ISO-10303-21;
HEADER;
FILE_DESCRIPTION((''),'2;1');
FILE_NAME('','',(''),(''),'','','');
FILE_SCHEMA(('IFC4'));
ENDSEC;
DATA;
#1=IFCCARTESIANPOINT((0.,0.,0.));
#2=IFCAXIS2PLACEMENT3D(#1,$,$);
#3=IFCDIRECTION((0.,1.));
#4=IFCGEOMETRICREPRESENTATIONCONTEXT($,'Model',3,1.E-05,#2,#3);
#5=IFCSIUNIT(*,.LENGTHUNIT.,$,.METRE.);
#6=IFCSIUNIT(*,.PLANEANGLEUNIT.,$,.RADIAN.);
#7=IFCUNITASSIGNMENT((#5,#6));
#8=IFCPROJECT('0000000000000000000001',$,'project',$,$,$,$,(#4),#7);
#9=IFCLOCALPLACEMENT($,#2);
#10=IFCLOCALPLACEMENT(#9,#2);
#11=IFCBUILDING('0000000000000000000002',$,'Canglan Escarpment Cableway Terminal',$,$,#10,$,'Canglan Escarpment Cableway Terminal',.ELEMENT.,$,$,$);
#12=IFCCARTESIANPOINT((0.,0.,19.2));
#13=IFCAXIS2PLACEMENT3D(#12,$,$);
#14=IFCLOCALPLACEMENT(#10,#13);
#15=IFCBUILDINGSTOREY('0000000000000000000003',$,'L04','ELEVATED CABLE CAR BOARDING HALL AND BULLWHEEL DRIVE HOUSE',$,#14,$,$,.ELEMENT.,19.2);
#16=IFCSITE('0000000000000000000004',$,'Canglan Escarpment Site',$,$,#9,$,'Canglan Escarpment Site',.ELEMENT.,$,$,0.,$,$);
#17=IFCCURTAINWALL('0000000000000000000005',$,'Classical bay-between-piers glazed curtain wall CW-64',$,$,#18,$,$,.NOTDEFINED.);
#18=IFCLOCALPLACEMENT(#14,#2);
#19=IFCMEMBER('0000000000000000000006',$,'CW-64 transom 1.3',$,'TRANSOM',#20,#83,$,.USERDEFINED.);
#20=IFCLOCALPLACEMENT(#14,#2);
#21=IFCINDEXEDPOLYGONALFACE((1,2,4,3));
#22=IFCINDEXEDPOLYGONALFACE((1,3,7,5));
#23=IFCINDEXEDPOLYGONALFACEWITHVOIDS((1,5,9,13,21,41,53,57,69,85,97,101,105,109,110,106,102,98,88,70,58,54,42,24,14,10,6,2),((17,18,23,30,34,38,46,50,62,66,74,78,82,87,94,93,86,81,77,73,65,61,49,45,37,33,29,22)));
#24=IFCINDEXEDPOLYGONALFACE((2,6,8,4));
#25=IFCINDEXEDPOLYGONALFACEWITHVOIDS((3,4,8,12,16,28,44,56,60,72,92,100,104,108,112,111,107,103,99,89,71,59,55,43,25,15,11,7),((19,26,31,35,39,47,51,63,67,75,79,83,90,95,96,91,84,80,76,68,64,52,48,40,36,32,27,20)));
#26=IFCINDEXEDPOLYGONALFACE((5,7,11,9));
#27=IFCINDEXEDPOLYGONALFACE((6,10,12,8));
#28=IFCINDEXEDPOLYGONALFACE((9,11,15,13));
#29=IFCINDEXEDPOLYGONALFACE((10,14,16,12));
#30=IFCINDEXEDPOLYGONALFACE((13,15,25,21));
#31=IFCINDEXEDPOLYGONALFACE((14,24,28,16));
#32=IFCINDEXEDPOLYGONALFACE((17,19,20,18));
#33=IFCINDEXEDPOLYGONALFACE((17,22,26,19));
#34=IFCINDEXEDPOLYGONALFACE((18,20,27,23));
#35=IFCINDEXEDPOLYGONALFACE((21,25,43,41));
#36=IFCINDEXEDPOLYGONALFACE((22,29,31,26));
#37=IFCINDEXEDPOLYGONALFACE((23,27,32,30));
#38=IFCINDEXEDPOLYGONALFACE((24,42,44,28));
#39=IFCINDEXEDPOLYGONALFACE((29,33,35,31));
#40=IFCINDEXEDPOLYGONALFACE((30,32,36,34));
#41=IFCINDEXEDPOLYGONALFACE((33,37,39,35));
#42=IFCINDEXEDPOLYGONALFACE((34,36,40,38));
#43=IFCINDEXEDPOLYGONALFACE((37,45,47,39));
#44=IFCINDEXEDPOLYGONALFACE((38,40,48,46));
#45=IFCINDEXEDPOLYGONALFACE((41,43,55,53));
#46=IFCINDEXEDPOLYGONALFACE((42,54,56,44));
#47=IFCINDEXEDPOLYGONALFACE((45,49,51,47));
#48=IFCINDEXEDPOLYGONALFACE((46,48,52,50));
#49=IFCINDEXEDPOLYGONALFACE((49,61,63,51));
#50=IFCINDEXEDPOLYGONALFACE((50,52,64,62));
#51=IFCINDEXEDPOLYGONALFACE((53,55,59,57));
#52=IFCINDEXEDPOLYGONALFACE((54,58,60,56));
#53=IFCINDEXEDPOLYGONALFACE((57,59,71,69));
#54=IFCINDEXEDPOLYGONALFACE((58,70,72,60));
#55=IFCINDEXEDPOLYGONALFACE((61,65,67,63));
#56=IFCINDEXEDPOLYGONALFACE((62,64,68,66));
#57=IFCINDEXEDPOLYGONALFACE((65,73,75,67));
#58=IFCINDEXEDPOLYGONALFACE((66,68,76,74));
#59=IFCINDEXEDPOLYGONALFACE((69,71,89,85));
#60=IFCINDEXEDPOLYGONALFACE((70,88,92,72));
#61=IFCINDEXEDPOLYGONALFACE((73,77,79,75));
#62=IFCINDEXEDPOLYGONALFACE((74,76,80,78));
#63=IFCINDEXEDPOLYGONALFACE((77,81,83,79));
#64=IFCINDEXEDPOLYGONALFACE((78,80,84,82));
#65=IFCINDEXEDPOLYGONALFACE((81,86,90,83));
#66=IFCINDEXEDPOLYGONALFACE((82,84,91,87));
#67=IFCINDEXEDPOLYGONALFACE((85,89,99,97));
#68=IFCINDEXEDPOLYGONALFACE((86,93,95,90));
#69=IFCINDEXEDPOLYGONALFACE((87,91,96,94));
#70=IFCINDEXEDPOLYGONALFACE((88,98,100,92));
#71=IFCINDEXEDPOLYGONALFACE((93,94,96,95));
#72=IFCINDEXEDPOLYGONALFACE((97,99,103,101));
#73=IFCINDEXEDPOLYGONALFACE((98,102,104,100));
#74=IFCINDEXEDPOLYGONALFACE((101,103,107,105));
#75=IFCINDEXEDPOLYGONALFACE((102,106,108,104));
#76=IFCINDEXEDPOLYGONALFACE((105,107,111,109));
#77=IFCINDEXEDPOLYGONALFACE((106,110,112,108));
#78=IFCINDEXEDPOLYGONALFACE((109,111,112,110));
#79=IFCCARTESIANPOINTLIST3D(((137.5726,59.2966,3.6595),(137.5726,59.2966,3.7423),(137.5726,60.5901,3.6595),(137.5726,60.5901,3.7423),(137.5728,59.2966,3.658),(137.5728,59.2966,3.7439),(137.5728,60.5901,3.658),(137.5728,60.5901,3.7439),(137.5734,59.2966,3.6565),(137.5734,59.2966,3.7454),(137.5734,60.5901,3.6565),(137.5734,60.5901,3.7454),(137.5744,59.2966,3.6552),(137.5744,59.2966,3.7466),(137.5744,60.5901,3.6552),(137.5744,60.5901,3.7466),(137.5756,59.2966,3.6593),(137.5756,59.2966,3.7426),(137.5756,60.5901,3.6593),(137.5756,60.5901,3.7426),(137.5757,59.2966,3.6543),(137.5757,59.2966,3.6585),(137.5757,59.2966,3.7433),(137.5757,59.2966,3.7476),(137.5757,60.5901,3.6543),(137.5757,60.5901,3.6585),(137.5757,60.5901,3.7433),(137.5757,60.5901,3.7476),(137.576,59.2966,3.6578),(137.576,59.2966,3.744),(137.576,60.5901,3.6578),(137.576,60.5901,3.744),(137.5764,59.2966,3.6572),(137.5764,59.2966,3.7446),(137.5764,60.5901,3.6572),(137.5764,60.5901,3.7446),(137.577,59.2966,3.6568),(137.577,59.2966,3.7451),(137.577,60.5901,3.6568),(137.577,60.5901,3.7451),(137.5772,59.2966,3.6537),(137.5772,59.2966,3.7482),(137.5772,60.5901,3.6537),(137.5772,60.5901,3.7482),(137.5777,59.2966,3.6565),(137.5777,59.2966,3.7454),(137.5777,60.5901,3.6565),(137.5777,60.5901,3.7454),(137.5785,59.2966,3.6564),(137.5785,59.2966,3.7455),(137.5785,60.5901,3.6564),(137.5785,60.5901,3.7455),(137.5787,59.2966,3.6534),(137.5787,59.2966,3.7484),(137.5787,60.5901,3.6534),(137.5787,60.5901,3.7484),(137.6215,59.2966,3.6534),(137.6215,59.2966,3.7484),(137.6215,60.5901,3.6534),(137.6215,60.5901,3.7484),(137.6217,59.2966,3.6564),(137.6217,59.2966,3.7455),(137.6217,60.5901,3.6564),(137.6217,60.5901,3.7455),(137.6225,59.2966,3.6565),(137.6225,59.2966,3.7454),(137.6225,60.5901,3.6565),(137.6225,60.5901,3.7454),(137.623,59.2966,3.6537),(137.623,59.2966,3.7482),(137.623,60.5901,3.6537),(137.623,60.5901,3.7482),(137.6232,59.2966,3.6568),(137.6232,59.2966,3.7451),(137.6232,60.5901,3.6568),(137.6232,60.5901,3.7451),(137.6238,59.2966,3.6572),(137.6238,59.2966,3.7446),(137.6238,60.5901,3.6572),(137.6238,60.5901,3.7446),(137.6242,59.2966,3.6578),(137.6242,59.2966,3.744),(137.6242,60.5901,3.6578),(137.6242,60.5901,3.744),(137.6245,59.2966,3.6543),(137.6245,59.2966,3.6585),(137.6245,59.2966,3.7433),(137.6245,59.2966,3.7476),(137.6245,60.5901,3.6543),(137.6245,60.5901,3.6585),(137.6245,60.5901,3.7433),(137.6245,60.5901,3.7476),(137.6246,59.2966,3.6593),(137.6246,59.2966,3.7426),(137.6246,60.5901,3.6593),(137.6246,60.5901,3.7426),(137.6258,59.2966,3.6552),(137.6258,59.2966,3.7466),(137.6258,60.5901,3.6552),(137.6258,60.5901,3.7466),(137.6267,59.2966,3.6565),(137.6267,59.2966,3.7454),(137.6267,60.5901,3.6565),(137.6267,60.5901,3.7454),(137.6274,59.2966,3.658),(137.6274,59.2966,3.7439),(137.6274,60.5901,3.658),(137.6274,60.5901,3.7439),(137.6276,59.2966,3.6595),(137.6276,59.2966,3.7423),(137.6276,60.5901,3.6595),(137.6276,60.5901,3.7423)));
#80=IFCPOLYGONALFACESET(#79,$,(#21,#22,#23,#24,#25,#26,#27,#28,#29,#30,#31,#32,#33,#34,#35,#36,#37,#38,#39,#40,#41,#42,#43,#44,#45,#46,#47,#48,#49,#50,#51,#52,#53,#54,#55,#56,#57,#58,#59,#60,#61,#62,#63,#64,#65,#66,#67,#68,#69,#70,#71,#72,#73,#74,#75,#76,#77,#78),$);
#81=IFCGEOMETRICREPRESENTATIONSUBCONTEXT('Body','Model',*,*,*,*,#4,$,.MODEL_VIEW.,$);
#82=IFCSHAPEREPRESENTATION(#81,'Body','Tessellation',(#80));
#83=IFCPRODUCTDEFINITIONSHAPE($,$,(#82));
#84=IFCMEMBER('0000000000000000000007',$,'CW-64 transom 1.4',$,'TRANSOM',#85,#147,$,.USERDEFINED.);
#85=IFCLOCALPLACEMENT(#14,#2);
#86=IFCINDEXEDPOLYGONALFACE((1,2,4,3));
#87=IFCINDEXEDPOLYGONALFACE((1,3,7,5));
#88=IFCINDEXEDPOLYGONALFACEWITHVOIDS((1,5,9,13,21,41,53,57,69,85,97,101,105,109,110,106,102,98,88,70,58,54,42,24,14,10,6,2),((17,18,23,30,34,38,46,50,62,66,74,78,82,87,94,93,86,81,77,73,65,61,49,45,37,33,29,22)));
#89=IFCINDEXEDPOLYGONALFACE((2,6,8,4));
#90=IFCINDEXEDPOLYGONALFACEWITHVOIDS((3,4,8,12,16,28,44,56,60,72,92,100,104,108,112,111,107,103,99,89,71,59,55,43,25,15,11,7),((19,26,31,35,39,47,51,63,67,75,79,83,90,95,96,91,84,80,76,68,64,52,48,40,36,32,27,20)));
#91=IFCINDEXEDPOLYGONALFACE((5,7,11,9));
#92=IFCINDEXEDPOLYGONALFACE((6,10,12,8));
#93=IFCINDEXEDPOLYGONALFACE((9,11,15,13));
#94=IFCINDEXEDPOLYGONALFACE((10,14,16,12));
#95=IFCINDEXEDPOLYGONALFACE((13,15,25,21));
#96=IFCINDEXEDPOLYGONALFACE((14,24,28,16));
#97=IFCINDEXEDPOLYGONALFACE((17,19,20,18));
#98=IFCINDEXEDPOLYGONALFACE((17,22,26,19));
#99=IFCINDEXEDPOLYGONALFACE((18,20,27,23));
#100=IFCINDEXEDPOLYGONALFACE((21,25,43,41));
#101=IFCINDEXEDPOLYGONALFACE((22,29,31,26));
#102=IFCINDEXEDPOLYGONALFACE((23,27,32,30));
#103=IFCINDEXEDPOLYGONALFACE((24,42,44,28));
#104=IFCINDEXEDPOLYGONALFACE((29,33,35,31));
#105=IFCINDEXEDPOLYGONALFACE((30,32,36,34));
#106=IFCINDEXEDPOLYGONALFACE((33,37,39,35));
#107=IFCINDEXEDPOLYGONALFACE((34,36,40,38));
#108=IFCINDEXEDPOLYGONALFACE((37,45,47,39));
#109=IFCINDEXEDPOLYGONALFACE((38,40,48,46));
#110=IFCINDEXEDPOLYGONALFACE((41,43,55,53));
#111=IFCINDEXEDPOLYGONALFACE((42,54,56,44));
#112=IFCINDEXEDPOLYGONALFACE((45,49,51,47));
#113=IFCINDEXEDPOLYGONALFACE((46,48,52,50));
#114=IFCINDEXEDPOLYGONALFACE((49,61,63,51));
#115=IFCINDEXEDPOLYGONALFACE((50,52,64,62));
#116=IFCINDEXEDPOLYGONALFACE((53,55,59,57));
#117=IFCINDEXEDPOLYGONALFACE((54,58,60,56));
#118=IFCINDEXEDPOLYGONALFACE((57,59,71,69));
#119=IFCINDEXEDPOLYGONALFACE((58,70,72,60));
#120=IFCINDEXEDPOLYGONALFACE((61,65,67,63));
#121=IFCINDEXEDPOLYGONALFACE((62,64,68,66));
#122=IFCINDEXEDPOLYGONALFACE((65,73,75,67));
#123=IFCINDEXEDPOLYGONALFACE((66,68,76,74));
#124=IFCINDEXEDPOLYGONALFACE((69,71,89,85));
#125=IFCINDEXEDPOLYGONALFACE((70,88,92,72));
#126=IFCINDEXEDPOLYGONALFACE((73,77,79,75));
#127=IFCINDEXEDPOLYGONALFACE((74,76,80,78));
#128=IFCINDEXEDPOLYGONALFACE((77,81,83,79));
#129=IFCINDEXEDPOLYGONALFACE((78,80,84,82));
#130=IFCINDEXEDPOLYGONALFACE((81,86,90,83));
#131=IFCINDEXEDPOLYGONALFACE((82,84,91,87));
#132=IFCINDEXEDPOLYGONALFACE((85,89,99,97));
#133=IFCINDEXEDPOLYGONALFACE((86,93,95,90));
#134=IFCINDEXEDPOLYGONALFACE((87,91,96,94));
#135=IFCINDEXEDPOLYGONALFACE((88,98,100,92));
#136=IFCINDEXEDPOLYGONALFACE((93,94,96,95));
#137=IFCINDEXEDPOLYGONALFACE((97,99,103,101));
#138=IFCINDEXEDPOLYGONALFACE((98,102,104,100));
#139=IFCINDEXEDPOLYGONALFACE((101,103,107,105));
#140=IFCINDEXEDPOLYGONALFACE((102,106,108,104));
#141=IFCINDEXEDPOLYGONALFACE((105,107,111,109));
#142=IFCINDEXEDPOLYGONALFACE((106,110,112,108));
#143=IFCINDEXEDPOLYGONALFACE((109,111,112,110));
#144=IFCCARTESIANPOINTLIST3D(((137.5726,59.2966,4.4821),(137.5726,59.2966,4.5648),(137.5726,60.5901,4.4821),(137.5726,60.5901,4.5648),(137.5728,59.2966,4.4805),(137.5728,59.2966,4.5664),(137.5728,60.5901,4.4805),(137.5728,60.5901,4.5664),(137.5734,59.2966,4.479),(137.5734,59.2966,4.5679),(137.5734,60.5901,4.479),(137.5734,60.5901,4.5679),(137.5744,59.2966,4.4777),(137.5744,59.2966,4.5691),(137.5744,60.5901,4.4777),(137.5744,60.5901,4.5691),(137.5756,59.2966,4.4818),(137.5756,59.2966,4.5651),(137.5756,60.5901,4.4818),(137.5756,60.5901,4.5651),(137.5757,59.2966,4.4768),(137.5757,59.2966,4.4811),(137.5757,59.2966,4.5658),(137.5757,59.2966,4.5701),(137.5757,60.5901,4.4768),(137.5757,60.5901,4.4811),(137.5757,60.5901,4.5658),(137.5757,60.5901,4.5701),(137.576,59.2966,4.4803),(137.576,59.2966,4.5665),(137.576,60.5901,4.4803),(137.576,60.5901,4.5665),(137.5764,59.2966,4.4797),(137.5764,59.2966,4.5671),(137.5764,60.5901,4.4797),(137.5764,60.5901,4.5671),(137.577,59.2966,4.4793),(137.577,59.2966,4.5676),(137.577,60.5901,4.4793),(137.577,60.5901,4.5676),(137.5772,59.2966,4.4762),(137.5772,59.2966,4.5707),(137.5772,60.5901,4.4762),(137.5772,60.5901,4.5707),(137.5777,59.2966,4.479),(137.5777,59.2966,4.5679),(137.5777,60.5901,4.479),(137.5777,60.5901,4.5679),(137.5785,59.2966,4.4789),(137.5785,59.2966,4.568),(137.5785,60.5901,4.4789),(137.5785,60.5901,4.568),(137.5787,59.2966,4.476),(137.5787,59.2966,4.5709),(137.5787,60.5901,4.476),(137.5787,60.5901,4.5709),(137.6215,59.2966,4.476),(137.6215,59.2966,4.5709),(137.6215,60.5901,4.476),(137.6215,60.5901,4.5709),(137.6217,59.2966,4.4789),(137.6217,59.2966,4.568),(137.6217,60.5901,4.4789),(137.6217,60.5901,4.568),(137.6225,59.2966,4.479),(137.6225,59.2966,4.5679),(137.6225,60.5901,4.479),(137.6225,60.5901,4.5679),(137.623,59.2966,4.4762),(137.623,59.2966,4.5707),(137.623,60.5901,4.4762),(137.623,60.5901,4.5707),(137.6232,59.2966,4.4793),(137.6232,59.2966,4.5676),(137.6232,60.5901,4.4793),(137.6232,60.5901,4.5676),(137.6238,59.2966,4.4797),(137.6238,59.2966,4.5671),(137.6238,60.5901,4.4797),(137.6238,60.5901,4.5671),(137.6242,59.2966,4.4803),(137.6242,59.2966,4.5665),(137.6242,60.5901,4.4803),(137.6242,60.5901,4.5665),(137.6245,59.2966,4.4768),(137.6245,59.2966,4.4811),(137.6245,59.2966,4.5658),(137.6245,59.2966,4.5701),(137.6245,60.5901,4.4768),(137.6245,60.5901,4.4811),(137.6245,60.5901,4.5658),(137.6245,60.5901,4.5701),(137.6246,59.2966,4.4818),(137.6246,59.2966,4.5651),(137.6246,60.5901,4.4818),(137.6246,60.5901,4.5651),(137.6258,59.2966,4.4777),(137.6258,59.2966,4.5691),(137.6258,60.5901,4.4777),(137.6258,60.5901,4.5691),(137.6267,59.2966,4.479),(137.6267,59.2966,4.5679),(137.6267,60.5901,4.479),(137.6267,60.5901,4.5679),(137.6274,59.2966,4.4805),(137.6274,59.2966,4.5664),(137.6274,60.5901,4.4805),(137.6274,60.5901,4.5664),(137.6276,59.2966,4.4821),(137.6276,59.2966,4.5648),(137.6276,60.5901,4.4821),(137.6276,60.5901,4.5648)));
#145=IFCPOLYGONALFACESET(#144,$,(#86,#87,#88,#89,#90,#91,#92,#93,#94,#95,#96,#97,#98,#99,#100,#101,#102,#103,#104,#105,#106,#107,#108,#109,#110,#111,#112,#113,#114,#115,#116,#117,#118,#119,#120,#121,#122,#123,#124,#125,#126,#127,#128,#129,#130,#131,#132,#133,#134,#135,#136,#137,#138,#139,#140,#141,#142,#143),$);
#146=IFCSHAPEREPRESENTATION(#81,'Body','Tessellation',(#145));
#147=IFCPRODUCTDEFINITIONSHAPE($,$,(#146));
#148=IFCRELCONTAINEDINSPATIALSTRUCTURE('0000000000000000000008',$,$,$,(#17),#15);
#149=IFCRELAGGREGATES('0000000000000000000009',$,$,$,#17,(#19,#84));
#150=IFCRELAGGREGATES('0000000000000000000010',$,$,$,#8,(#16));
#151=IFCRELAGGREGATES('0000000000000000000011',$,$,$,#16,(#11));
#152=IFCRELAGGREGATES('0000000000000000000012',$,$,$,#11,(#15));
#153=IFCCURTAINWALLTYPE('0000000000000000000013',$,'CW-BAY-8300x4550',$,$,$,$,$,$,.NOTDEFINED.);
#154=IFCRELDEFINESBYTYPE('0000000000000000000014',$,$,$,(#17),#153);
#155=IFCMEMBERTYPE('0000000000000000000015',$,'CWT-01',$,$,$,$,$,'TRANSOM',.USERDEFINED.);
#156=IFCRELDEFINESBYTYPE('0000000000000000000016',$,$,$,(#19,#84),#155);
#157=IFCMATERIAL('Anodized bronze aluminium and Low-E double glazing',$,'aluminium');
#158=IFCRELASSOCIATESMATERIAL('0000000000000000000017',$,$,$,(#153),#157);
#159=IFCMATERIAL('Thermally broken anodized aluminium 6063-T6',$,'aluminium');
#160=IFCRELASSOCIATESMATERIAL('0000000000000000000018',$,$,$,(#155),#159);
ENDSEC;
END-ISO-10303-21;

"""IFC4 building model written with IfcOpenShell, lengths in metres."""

from ifc_helpers import new_model, si_unit, direction, frame, origin, origin_2d, place, context, subcontext, project, spatial, hollow_rectangle, extrude, material, material_profile, profile_set, type_object, element, aggregate, save


model = new_model("IFC4")

# Units and contexts
model_context = context("Model", 3, precision=1e-05, world=origin(), true_north=direction((0.0, 1.0)))
body_context = subcontext(model_context, "Body", "Model", "MODEL_VIEW")
ifc_project = project(units=[si_unit("LENGTHUNIT", "METRE"), si_unit("PLANEANGLEUNIT", "RADIAN")], contexts=[model_context])

# Site, building, storey
site_placement = place(None, origin())
site = spatial("IfcSite", under=ifc_project, at=site_placement, Name="Canglan Escarpment Site", LongName="Canglan Escarpment Site", CompositionType="ELEMENT", RefElevation=0.0)
building_placement = place(site_placement, origin())
building = spatial("IfcBuilding", under=site, at=building_placement, Name="Canglan Escarpment Cableway Terminal", LongName="Canglan Escarpment Cableway Terminal", CompositionType="ELEMENT")
storey_placement = place(building_placement, frame((0.0, 0.0, 19.2)))
storey = spatial("IfcBuildingStorey", under=building, at=storey_placement, Name="L04", Description="ELEVATED CABLE CAR BOARDING HALL AND BULLWHEEL DRIVE HOUSE", CompositionType="ELEMENT", Elevation=19.2)

# Curtain wall
ifc_material_1 = material(Name="Anodized bronze aluminium and Low-E double glazing", Category="aluminium")
curtain_wall_type = type_object("IfcCurtainWallType", Name="CW-BAY-8300x4550", PredefinedType="NOTDEFINED", material=ifc_material_1)
curtain_wall_1_placement = place(storey_placement, origin())
curtain_wall_1 = element("IfcCurtainWall", 1, at=curtain_wall_1_placement, inside=storey, type_object=curtain_wall_type, Name="Classical bay-between-piers glazed curtain wall CW-64", PredefinedType="NOTDEFINED")
ifc_material_2 = material(Name="Thermally broken anodized aluminium 6063-T6", Category="aluminium")

# Members
ifc_material_profile_1 = material_profile(ifc_material_2, hollow_rectangle(XDim=0.0549, YDim=0.095, WallThickness=0.0029, InnerFilletRadius=0.0029, OuterFilletRadius=0.0061, at=origin_2d()), Name="ALU-TRAN 55x95x3")
ifc_profile_set_1 = profile_set([ifc_material_profile_1], Name="Thermally broken anodized aluminium 6063-T6")
member_type_1 = type_object("IfcMemberType", Name="CWT-01", ElementType="TRANSOM", PredefinedType="USERDEFINED", material=ifc_profile_set_1)
member_1_placement = place(storey_placement, frame((137.6001, 60.5901, 3.7009), z_axis=(0.0, -1.0, 0.0), x_axis=(1.0, 0.0, 0.0)))
member_1 = element("IfcMember", 2, at=member_1_placement, type_object=member_type_1, Name="CW-64 transom 1.3", ObjectType="TRANSOM", PredefinedType="USERDEFINED", context=body_context, shape_type="SweptSolid", body=[
    extrude(hollow_rectangle(XDim=0.0549, YDim=0.095, WallThickness=0.0029, InnerFilletRadius=0.0029, OuterFilletRadius=0.0061, at=origin_2d()), origin(), (0.0, 0.0, 1.0), 1.2935),
])
member_2_placement = place(storey_placement, frame((137.6001, 60.5901, 4.5234), z_axis=(0.0, -1.0, 0.0), x_axis=(1.0, 0.0, 0.0)))
member_2 = element("IfcMember", 3, at=member_2_placement, type_object=member_type_1, Name="CW-64 transom 1.4", ObjectType="TRANSOM", PredefinedType="USERDEFINED", context=body_context, shape_type="SweptSolid", body=[
    extrude(hollow_rectangle(XDim=0.0549, YDim=0.095, WallThickness=0.0029, InnerFilletRadius=0.0029, OuterFilletRadius=0.0061, at=origin_2d()), origin(), (0.0, 0.0, 1.0), 1.2935),
])

aggregate(curtain_wall_1, [member_1, member_2])

save(model, "model.ifc")
